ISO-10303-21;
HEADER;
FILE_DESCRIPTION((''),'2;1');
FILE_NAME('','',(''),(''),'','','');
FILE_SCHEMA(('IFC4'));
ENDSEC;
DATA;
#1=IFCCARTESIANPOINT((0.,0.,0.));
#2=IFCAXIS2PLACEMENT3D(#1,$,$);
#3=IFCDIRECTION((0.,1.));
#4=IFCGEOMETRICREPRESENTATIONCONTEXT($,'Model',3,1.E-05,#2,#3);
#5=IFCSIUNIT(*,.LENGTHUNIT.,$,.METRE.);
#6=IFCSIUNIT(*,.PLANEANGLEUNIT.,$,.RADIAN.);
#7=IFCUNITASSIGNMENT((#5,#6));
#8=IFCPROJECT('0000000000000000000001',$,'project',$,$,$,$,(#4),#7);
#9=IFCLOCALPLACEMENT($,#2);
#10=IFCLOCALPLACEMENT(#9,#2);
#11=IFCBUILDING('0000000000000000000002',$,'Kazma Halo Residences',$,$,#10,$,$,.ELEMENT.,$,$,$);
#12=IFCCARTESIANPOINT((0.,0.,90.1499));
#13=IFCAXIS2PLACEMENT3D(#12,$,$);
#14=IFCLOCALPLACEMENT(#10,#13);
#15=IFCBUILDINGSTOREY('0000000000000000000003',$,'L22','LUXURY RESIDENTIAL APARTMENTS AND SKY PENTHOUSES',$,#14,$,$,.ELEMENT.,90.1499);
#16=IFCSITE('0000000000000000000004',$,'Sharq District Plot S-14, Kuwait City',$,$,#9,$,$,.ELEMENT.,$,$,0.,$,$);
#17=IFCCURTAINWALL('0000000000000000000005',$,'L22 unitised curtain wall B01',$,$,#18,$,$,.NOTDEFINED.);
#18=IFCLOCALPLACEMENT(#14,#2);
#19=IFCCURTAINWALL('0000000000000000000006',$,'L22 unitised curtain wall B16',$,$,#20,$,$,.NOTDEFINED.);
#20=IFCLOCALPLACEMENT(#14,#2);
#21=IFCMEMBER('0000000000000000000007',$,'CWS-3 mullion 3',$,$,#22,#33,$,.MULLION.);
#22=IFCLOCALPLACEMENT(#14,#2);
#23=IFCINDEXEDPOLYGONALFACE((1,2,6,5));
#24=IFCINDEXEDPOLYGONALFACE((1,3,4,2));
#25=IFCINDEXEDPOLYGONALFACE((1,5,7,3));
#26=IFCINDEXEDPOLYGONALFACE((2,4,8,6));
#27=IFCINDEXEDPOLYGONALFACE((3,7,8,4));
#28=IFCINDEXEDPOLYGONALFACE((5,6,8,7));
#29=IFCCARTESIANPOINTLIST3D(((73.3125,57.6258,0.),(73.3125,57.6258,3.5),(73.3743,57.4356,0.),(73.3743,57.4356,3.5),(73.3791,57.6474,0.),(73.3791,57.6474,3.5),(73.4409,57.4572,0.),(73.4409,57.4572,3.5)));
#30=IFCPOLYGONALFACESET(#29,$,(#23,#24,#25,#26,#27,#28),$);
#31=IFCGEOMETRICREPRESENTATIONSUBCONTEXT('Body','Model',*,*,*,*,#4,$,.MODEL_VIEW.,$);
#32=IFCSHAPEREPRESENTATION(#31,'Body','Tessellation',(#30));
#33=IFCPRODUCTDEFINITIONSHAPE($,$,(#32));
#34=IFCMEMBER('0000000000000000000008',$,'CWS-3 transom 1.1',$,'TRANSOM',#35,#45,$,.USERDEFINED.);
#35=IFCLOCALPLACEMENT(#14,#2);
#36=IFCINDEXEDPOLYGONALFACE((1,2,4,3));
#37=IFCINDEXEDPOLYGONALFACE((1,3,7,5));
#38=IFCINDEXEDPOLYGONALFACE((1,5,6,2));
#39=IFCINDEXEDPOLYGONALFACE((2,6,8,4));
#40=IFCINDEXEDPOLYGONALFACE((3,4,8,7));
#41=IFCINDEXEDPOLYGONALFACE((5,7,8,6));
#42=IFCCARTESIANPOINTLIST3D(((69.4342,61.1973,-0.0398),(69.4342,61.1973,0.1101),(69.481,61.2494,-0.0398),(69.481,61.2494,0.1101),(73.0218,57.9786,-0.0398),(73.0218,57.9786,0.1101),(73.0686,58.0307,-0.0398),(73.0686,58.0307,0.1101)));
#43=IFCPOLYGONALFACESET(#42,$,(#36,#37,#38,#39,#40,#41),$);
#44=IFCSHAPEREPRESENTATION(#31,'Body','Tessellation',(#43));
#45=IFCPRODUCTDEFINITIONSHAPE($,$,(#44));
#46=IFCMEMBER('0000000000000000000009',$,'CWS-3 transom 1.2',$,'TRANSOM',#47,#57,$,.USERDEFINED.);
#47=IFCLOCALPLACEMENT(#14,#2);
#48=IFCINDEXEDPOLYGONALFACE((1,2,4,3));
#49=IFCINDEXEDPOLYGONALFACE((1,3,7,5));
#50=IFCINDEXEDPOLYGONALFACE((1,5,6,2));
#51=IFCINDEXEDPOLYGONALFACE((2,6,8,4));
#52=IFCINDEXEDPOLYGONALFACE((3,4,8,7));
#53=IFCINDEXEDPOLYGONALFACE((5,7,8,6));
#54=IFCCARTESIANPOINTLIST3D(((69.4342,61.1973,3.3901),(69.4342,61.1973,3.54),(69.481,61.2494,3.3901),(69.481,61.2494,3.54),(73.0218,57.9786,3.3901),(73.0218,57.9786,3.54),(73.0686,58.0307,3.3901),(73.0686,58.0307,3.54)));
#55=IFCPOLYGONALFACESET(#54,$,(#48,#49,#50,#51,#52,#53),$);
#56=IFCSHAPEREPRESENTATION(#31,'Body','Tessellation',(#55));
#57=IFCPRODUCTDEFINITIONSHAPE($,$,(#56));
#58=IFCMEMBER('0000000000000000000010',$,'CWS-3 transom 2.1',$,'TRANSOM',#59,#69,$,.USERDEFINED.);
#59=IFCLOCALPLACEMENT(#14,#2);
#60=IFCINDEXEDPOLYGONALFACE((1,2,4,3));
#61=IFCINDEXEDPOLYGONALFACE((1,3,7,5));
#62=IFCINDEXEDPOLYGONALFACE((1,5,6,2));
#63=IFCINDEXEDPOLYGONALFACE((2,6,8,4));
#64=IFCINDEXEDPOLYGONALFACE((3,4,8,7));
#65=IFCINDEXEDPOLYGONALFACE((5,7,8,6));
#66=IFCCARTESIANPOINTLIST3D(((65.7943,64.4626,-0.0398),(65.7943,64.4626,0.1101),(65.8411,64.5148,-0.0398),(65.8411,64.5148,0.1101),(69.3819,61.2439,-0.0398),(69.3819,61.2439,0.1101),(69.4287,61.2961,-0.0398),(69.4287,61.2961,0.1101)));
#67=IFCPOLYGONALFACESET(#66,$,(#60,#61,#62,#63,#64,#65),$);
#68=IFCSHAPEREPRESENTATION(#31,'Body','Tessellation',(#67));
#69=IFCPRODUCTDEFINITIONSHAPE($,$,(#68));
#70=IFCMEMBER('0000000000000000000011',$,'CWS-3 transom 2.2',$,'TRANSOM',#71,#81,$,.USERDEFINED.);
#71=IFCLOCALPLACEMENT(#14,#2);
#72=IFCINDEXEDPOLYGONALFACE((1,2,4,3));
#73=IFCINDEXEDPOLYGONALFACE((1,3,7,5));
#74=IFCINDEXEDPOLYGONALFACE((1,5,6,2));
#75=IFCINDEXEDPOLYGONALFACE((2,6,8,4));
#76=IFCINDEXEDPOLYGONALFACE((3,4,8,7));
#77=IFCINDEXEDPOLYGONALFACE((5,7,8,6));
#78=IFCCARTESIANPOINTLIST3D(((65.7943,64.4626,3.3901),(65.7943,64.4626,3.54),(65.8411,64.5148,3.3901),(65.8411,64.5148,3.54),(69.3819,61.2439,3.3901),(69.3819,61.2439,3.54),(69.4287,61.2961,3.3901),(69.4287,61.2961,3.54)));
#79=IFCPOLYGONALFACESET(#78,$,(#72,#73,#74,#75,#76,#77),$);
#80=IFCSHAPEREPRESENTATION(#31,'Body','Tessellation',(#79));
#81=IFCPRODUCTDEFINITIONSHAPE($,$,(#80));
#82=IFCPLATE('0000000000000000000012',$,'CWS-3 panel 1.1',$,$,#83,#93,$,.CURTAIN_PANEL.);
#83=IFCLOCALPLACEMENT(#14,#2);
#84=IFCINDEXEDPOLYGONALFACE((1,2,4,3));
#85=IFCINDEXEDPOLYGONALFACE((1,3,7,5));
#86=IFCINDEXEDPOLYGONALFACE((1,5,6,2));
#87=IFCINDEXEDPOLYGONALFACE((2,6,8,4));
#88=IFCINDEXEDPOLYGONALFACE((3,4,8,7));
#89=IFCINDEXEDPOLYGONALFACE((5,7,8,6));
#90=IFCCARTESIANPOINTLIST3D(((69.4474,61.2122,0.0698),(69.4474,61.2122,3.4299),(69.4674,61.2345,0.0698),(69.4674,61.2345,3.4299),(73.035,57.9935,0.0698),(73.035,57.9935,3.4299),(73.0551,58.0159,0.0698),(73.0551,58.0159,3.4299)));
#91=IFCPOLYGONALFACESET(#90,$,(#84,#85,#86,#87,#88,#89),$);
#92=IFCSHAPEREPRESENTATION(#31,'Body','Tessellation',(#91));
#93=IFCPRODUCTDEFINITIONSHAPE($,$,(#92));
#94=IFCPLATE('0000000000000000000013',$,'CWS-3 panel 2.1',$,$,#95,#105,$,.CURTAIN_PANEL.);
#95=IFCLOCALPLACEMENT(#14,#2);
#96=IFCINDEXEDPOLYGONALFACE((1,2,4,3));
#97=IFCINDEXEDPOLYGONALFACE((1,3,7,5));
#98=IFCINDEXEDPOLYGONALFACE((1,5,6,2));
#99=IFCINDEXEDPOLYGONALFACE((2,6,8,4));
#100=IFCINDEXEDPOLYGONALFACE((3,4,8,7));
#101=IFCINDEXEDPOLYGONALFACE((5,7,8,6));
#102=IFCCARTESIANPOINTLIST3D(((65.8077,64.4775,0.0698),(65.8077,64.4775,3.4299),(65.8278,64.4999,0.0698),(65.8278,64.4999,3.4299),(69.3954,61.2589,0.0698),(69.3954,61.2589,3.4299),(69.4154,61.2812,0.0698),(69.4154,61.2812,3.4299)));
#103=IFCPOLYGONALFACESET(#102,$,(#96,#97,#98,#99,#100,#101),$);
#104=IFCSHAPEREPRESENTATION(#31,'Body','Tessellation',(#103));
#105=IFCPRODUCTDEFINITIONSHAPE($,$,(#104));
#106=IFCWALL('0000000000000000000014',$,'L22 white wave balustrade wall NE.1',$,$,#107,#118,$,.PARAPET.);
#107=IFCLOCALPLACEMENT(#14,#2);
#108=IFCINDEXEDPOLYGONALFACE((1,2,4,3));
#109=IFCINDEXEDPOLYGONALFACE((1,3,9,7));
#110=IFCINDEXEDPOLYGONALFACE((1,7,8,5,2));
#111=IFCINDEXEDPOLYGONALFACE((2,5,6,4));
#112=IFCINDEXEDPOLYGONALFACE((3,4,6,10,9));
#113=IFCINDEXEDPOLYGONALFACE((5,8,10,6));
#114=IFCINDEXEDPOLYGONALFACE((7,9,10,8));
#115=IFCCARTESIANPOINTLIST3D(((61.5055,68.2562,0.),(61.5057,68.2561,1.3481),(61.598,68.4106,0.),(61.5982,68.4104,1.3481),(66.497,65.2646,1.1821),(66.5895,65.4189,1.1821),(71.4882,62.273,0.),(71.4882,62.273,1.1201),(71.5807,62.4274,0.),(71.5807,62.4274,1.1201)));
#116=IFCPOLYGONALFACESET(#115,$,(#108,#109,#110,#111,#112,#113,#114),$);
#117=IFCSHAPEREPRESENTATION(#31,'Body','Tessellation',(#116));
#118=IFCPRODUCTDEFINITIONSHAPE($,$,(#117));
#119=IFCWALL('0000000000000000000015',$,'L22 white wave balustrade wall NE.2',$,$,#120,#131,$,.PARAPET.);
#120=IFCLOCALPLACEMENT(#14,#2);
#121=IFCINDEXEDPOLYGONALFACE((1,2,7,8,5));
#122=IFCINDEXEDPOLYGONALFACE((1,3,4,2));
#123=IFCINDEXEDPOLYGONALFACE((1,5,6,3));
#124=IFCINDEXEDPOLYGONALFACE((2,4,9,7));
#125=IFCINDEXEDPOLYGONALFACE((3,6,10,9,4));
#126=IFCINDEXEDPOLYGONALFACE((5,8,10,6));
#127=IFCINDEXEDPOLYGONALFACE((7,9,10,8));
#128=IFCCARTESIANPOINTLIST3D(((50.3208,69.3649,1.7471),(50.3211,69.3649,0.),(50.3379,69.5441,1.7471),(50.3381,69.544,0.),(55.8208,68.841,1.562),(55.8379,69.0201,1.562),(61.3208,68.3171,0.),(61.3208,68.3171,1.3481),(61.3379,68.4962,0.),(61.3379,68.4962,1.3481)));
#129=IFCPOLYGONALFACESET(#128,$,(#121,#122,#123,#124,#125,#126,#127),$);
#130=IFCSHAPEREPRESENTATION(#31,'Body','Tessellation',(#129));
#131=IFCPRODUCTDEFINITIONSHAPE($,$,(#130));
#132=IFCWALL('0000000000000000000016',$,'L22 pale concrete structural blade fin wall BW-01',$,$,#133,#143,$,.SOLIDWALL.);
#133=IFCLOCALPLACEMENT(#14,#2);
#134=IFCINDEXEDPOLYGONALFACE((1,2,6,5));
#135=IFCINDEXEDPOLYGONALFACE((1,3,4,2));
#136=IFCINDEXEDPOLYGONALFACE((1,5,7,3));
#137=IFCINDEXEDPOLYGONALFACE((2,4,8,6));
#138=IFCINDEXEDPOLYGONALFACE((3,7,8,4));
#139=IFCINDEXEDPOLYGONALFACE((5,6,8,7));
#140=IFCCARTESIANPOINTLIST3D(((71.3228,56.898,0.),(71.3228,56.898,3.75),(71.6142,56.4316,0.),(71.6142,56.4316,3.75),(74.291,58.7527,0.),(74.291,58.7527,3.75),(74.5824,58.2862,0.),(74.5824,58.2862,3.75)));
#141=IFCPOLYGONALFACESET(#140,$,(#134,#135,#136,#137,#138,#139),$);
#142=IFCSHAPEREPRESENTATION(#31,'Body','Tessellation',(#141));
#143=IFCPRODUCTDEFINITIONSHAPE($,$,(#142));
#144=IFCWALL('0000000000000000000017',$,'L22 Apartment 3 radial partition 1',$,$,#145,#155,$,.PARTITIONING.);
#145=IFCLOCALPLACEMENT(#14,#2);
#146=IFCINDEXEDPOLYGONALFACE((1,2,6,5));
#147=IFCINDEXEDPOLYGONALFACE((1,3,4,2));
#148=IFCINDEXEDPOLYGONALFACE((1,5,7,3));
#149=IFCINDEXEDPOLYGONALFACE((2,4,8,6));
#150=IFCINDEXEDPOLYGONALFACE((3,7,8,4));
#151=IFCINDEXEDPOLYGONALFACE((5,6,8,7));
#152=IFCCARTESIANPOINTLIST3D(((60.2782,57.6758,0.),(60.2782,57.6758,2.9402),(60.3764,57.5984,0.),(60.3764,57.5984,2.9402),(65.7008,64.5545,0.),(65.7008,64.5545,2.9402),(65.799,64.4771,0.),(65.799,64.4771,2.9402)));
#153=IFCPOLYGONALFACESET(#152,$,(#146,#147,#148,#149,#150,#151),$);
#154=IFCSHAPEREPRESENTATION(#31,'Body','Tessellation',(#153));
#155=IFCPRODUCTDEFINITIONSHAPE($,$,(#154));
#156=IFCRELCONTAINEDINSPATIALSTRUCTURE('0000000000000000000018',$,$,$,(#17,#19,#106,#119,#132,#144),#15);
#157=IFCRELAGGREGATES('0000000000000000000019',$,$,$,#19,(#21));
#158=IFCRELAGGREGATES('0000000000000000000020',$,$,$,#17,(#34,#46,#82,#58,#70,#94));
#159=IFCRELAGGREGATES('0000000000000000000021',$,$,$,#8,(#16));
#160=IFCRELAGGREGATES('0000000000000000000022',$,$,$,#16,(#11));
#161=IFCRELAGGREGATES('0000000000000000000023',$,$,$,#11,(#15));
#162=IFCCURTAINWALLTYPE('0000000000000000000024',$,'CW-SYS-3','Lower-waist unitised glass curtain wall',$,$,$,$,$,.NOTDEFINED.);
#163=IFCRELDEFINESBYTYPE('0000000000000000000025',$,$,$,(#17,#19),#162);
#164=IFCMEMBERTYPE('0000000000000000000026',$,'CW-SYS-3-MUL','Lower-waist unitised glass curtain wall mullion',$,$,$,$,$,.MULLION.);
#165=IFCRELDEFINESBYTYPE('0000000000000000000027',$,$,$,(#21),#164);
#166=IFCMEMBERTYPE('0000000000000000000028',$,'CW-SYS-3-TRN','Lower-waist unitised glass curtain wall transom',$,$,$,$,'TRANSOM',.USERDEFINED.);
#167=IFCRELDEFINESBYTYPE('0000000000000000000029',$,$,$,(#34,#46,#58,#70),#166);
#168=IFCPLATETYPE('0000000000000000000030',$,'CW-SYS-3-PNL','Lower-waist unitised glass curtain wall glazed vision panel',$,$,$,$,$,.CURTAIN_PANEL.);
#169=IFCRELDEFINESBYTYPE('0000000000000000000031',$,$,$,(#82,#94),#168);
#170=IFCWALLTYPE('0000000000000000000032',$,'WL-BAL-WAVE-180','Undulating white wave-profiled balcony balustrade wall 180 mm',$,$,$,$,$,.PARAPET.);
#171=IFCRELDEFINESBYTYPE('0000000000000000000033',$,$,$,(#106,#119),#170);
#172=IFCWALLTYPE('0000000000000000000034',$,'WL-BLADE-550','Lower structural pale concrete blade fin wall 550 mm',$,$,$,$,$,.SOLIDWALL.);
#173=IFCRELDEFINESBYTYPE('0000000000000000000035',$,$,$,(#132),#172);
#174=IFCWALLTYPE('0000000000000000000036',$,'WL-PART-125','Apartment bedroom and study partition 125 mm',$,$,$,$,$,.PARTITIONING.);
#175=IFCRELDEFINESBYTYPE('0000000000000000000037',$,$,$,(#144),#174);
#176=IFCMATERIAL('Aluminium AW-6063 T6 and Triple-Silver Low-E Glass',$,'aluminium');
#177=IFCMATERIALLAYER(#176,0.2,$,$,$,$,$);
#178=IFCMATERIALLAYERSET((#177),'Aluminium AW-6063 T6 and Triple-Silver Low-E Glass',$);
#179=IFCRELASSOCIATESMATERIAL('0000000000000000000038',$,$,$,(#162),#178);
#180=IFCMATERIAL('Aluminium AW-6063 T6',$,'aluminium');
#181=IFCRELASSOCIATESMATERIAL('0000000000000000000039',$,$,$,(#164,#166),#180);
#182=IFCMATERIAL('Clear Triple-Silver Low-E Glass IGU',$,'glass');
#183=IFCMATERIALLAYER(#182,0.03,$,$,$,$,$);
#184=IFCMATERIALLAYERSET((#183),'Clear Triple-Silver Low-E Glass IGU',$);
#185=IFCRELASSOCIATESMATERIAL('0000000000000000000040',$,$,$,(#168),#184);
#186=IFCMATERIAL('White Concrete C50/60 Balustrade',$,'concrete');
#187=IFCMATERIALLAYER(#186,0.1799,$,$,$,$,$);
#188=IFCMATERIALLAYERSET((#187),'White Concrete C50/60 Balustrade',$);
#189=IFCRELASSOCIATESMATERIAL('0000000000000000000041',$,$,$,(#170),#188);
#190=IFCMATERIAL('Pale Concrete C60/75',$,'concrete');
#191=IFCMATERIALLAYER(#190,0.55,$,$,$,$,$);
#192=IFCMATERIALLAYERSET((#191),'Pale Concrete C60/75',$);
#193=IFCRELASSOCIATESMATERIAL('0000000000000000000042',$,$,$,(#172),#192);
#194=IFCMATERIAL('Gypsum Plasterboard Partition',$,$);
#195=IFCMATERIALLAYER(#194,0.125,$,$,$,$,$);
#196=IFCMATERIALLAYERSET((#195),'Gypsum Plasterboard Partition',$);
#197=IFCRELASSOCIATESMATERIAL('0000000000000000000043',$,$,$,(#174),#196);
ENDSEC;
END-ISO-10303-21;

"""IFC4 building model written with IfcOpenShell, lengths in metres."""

from ifc_helpers import new_model, si_unit, direction, frame, frame_2d, origin, origin_2d, place, context, subcontext, project, spatial, polyline, rectangle, outline, extrude, material, layer, layer_set, material_profile, profile_set, type_object, element, aggregate, save


model = new_model("IFC4")

# Units and contexts
model_context = context("Model", 3, precision=1e-05, world=origin(), true_north=direction((0.0, 1.0)))
body_context = subcontext(model_context, "Body", "Model", "MODEL_VIEW")
ifc_project = project(units=[si_unit("LENGTHUNIT", "METRE"), si_unit("PLANEANGLEUNIT", "RADIAN")], contexts=[model_context])

# Site, building, storey
site_placement = place(None, origin())
site = spatial("IfcSite", under=ifc_project, at=site_placement, Name="Sharq District Plot S-14, Kuwait City", CompositionType="ELEMENT", RefElevation=0.0)
building_placement = place(site_placement, origin())
building = spatial("IfcBuilding", under=site, at=building_placement, Name="Kazma Halo Residences", CompositionType="ELEMENT")
storey_placement = place(building_placement, frame((0.0, 0.0, 90.1499)))
storey = spatial("IfcBuildingStorey", under=building, at=storey_placement, Name="L22", Description="LUXURY RESIDENTIAL APARTMENTS AND SKY PENTHOUSES", CompositionType="ELEMENT", Elevation=90.1499)

# Curtain wall
ifc_material_1 = material(Name="Aluminium AW-6063 T6 and Triple-Silver Low-E Glass", Category="aluminium")
ifc_layer_1 = layer(ifc_material_1, 0.2)
ifc_layer_set_1 = layer_set([ifc_layer_1], Name="Aluminium AW-6063 T6 and Triple-Silver Low-E Glass")
curtain_wall_type = type_object("IfcCurtainWallType", Name="CW-SYS-3", Description="Lower-waist unitised glass curtain wall", PredefinedType="NOTDEFINED", material=ifc_layer_set_1)
curtain_wall_1_placement = place(storey_placement, origin())
curtain_wall_1 = element("IfcCurtainWall", 1, at=curtain_wall_1_placement, inside=storey, type_object=curtain_wall_type, Name="L22 unitised curtain wall B01", PredefinedType="NOTDEFINED")
ifc_material_2 = material(Name="Aluminium AW-6063 T6", Category="aluminium")
ifc_material_profile_1 = material_profile(ifc_material_2, rectangle(XDim=0.0701, YDim=0.2, at=origin_2d()), Name="CWM-70x200")
ifc_profile_set_1 = profile_set([ifc_material_profile_1], Name="Aluminium AW-6063 T6")
member_type_1 = type_object("IfcMemberType", Name="CW-SYS-3-MUL", Description="Lower-waist unitised glass curtain wall mullion", PredefinedType="MULLION", material=ifc_profile_set_1)

# Curtain wall, member
curtain_wall_2_placement = place(storey_placement, origin())
curtain_wall_2 = element("IfcCurtainWall", 2, at=curtain_wall_2_placement, inside=storey, type_object=curtain_wall_type, Name="L22 unitised curtain wall B16", PredefinedType="NOTDEFINED")
member_1_placement = place(storey_placement, frame((73.3767, 57.5415, 0.0), z_axis=(0.0, 0.0, 1.0), x_axis=(-0.951058, -0.309013, 0.0)))
member_1 = element("IfcMember", 3, at=member_1_placement, type_object=member_type_1, Name="CWS-3 mullion 3", PredefinedType="MULLION", context=body_context, shape_type="SweptSolid", body=[
    extrude(rectangle(XDim=0.0701, YDim=0.2, at=origin_2d()), origin(), (0.0, 0.0, 1.0), 3.5),
])
aggregate(curtain_wall_2, [member_1])

# Members
ifc_material_profile_2 = material_profile(ifc_material_2, rectangle(XDim=0.0701, YDim=0.1499, at=origin_2d()), Name="CWT-70x150")
ifc_profile_set_2 = profile_set([ifc_material_profile_2], Name="Aluminium AW-6063 T6")
member_type_2 = type_object("IfcMemberType", Name="CW-SYS-3-TRN", Description="Lower-waist unitised glass curtain wall transom", ElementType="TRANSOM", PredefinedType="USERDEFINED", material=ifc_profile_set_2)
member_2_placement = place(storey_placement, frame((73.0452, 58.0046, 0.0352), z_axis=(-0.744338, 0.667803, 0.0), x_axis=(-0.667803, -0.744338, 0.0)))
member_2 = element("IfcMember", 4, at=member_2_placement, type_object=member_type_2, Name="CWS-3 transom 1.1", ObjectType="TRANSOM", PredefinedType="USERDEFINED", context=body_context, shape_type="SweptSolid", body=[
    extrude(rectangle(XDim=0.0701, YDim=0.1499, at=origin_2d()), origin(), (0.0, 0.0, 1.0), 4.8198),
])
member_3_placement = place(storey_placement, frame((73.0452, 58.0046, 3.4651), z_axis=(-0.744338, 0.667803, 0.0), x_axis=(-0.667803, -0.744338, 0.0)))
member_3 = element("IfcMember", 5, at=member_3_placement, type_object=member_type_2, Name="CWS-3 transom 1.2", ObjectType="TRANSOM", PredefinedType="USERDEFINED", context=body_context, shape_type="SweptSolid", body=[
    extrude(rectangle(XDim=0.0701, YDim=0.1499, at=origin_2d()), origin(), (0.0, 0.0, 1.0), 4.8198),
])
member_4_placement = place(storey_placement, frame((69.4053, 61.27, 0.0352), z_axis=(-0.744338, 0.667803, 0.0), x_axis=(-0.667803, -0.744338, 0.0)))
member_4 = element("IfcMember", 6, at=member_4_placement, type_object=member_type_2, Name="CWS-3 transom 2.1", ObjectType="TRANSOM", PredefinedType="USERDEFINED", context=body_context, shape_type="SweptSolid", body=[
    extrude(rectangle(XDim=0.0701, YDim=0.1499, at=origin_2d()), origin(), (0.0, 0.0, 1.0), 4.8198),
])
member_5_placement = place(storey_placement, frame((69.4053, 61.27, 3.4651), z_axis=(-0.744338, 0.667803, 0.0), x_axis=(-0.667803, -0.744338, 0.0)))
member_5 = element("IfcMember", 7, at=member_5_placement, type_object=member_type_2, Name="CWS-3 transom 2.2", ObjectType="TRANSOM", PredefinedType="USERDEFINED", context=body_context, shape_type="SweptSolid", body=[
    extrude(rectangle(XDim=0.0701, YDim=0.1499, at=origin_2d()), origin(), (0.0, 0.0, 1.0), 4.8198),
])

# Plates
ifc_material_3 = material(Name="Clear Triple-Silver Low-E Glass IGU", Category="glass")
ifc_layer_2 = layer(ifc_material_3, 0.03)
ifc_layer_set_2 = layer_set([ifc_layer_2], Name="Clear Triple-Silver Low-E Glass IGU")
plate_type = type_object("IfcPlateType", Name="CW-SYS-3-PNL", Description="Lower-waist unitised glass curtain wall glazed vision panel", PredefinedType="CURTAIN_PANEL", material=ifc_layer_set_2)
plate_1_placement = place(storey_placement, frame((71.2512, 59.614, 0.0698), z_axis=(0.0, 0.0, 1.0), x_axis=(-0.744345, 0.667795, 0.0)))
plate_1 = element("IfcPlate", 8, at=plate_1_placement, type_object=plate_type, Name="CWS-3 panel 1.1", PredefinedType="CURTAIN_PANEL", context=body_context, shape_type="SweptSolid", body=[
    extrude(rectangle(XDim=4.8198, YDim=0.03, at=origin_2d()), origin(), (0.0, 0.0, 1.0), 3.3601),
])
plate_2_placement = place(storey_placement, frame((67.6116, 62.8794, 0.0698), z_axis=(0.0, 0.0, 1.0), x_axis=(-0.744345, 0.667795, 0.0)))
plate_2 = element("IfcPlate", 9, at=plate_2_placement, type_object=plate_type, Name="CWS-3 panel 2.1", PredefinedType="CURTAIN_PANEL", context=body_context, shape_type="SweptSolid", body=[
    extrude(rectangle(XDim=4.8198, YDim=0.03, at=origin_2d()), origin(), (0.0, 0.0, 1.0), 3.3601),
])
aggregate(curtain_wall_1, [member_2, member_3, plate_1, member_4, member_5, plate_2])

# Walls
ifc_material_4 = material(Name="White Concrete C50/60 Balustrade", Category="concrete")
ifc_layer_3 = layer(ifc_material_4, 0.1799)
ifc_layer_set_3 = layer_set([ifc_layer_3], Name="White Concrete C50/60 Balustrade")
wall_type_1 = type_object("IfcWallType", Name="WL-BAL-WAVE-180", Description="Undulating white wave-profiled balcony balustrade wall 180 mm", PredefinedType="PARAPET", material=ifc_layer_set_3)
wall_1_placement = place(storey_placement, frame((71.5344, 62.3501, 0.0), z_axis=(0.0, 0.0, 1.0), x_axis=(-0.857737, 0.514088, 0.0)))
element("IfcWall", 10, at=wall_1_placement, inside=storey, type_object=wall_type_1, Name="L22 white wave balustrade wall NE.1", PredefinedType="PARAPET", context=body_context, shape_type="SweptSolid", body=[
    extrude(outline(polyline([(0.0, 0.0), (11.6384, 0.0), (11.6382, 1.3481), (5.8191, 1.1821), (0.0, 1.1201), (0.0, 0.0)])), frame((0.0, 0.0898, 0.0), z_axis=(0.0, -1.0, 0.0), x_axis=(1.0, 0.0, 0.0)), (0.0, 0.0, 1.0), 0.1799),
])
wall_2_placement = place(storey_placement, frame((61.3293, 68.4065, 0.0), z_axis=(0.0, 0.0, 1.0), x_axis=(-0.995493, 0.094832, 0.0)))
element("IfcWall", 11, at=wall_2_placement, inside=storey, type_object=wall_type_1, Name="L22 white wave balustrade wall NE.2", PredefinedType="PARAPET", context=body_context, shape_type="SweptSolid", body=[
    extrude(outline(polyline([(0.0, 0.0), (11.0496, 0.0), (11.0498, 1.7471), (5.5249, 1.562), (0.0, 1.3481), (0.0, 0.0)])), frame((0.0, 0.0898, 0.0), z_axis=(0.0, -1.0, 0.0), x_axis=(1.0, 0.0, 0.0)), (0.0, 0.0, 1.0), 0.1799),
])
ifc_material_5 = material(Name="Pale Concrete C60/75", Category="concrete")
ifc_layer_4 = layer(ifc_material_5, 0.55)
ifc_layer_set_4 = layer_set([ifc_layer_4], Name="Pale Concrete C60/75")
wall_type_2 = type_object("IfcWallType", Name="WL-BLADE-550", Description="Lower structural pale concrete blade fin wall 550 mm", PredefinedType="SOLIDWALL", material=ifc_layer_set_4)
wall_3_placement = place(storey_placement, frame((71.4685, 56.6648, 0.0), z_axis=(0.0, 0.0, 1.0), x_axis=(0.848053, 0.529911, 0.0)))
element("IfcWall", 12, at=wall_3_placement, inside=storey, type_object=wall_type_2, Name="L22 pale concrete structural blade fin wall BW-01", PredefinedType="SOLIDWALL", context=body_context, shape_type="SweptSolid", body=[
    extrude(rectangle(XDim=3.5, YDim=0.55, at=frame_2d((1.75, 0.0))), origin(), (0.0, 0.0, 1.0), 3.75),
])

# Wall
ifc_material_6 = material(Name="Gypsum Plasterboard Partition")
ifc_layer_5 = layer(ifc_material_6, 0.125)
ifc_layer_set_5 = layer_set([ifc_layer_5], Name="Gypsum Plasterboard Partition")
wall_type_3 = type_object("IfcWallType", Name="WL-PART-125", Description="Apartment bedroom and study partition 125 mm", PredefinedType="PARTITIONING", material=ifc_layer_set_5)
wall_4_placement = place(storey_placement, frame((60.3274, 57.6372, 0.0), z_axis=(0.0, 0.0, 1.0), x_axis=(0.619087, 0.785322, 0.0)))
element("IfcWall", 13, at=wall_4_placement, inside=storey, type_object=wall_type_3, Name="L22 Apartment 3 radial partition 1", PredefinedType="PARTITIONING", context=body_context, shape_type="SweptSolid", body=[
    extrude(rectangle(XDim=8.759, YDim=0.125, at=frame_2d((4.3794, 0.0))), origin(), (0.0, 0.0, 1.0), 2.9402),
])

save(model, "model.ifc")
